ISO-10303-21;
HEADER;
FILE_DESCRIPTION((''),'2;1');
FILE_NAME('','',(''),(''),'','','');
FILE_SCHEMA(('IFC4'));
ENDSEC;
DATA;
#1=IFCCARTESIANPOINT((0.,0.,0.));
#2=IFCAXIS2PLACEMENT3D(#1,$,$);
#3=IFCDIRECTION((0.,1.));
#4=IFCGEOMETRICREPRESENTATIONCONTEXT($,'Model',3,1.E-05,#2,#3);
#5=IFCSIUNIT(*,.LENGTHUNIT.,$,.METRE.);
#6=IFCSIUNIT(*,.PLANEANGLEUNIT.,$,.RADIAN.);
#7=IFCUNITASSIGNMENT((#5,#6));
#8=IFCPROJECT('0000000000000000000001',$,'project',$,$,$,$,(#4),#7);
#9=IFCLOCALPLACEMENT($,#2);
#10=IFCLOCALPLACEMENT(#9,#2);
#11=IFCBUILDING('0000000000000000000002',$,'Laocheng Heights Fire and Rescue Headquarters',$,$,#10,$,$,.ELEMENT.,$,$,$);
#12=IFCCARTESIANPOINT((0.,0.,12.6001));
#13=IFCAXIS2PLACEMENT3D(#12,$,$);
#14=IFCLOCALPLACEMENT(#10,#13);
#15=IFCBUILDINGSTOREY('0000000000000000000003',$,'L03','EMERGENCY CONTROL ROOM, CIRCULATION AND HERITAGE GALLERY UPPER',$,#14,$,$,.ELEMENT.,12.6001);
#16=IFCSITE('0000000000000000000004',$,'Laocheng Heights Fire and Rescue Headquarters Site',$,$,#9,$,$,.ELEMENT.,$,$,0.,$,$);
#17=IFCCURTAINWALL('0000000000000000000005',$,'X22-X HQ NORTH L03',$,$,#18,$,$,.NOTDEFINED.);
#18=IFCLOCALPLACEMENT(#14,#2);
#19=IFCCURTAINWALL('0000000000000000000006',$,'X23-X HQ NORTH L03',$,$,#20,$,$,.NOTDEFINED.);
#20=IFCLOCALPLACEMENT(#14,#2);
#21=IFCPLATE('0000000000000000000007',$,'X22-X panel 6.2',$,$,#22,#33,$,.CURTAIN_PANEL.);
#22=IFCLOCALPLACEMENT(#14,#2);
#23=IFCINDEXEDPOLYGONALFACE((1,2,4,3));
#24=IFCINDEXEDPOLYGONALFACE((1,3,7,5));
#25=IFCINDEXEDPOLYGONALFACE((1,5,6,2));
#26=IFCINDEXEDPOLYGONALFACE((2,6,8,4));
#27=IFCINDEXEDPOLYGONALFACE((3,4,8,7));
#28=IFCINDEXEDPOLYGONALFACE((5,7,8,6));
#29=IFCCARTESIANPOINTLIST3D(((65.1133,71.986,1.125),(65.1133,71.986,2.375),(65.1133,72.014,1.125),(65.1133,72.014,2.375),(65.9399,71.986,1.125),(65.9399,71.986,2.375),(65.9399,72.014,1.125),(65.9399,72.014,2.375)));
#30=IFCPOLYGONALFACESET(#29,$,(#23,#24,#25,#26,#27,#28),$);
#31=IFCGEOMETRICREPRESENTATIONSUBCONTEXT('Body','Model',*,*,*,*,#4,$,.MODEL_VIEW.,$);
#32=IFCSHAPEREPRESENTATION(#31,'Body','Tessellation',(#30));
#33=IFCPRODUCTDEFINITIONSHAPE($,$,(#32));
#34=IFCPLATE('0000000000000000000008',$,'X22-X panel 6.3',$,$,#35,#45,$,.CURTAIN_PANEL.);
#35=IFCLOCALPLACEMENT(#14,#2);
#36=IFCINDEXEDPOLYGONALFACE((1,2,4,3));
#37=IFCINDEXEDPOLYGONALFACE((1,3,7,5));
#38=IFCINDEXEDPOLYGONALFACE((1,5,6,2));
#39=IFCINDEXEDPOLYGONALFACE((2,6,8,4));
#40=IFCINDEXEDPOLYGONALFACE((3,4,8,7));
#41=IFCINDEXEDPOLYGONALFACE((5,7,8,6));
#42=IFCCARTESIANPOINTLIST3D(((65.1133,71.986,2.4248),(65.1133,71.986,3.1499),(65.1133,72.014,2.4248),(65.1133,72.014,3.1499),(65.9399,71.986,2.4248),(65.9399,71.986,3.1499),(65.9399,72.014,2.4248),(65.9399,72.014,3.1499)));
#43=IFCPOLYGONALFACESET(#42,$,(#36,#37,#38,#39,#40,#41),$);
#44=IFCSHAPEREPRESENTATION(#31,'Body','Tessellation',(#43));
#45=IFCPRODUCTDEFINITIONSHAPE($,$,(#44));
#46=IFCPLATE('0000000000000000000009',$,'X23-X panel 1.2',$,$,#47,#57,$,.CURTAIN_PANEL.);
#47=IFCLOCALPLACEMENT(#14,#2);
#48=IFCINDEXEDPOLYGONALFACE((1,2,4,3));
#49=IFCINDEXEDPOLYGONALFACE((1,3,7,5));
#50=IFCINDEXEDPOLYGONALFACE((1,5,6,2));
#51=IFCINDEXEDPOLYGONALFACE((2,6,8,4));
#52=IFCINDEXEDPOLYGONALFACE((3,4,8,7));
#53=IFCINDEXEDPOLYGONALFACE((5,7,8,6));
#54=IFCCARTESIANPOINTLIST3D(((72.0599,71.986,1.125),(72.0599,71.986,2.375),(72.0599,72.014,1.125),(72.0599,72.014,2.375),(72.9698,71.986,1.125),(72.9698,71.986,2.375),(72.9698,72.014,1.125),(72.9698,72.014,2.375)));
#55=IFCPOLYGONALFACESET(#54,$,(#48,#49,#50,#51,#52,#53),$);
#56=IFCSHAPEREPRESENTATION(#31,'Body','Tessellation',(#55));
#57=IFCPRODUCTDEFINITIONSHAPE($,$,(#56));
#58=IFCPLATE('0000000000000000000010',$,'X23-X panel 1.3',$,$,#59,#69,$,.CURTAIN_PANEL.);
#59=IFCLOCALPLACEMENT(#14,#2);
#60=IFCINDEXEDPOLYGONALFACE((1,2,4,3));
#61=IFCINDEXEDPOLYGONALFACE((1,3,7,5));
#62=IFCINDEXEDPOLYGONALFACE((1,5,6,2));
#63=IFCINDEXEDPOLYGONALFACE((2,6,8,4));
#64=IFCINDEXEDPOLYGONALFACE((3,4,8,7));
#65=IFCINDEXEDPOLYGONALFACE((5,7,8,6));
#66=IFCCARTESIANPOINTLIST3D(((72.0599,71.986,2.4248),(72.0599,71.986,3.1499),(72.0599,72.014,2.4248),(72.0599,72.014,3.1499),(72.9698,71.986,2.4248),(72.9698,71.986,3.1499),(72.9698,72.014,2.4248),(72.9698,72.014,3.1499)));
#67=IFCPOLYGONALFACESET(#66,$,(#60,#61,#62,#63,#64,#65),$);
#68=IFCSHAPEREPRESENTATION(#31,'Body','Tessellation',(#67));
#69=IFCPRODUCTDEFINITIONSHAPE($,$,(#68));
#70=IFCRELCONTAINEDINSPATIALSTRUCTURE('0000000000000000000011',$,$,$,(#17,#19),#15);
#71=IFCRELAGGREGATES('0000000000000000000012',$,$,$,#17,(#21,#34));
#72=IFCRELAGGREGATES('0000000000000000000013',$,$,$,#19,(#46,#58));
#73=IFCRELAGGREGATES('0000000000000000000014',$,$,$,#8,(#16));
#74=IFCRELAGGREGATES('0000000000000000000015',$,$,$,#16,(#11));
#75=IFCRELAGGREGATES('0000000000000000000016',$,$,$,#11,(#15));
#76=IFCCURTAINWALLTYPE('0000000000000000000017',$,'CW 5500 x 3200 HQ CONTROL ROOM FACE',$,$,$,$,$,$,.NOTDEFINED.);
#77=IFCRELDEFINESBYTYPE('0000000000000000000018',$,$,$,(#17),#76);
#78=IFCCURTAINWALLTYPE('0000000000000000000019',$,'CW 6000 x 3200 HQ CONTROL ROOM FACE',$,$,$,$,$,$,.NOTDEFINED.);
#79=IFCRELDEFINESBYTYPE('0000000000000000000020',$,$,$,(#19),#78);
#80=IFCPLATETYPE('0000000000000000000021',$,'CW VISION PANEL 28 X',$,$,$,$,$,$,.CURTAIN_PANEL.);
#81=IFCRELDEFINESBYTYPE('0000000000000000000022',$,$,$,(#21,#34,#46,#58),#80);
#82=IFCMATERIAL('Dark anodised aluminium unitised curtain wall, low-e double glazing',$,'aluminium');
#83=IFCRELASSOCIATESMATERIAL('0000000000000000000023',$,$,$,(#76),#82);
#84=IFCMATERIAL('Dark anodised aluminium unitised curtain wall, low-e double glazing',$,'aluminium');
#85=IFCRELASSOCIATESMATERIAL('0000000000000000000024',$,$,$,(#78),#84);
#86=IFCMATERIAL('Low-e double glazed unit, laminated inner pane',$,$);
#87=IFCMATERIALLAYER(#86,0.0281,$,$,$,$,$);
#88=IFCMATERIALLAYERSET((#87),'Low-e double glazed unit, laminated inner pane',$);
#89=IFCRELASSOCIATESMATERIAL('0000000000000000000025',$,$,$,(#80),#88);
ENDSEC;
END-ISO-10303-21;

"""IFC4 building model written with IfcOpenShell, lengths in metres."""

from ifc_helpers import new_model, si_unit, direction, frame, origin, origin_2d, place, context, subcontext, project, spatial, rectangle, extrude, material, layer, layer_set, type_object, element, aggregate, save


model = new_model("IFC4")

# Units and contexts
model_context = context("Model", 3, precision=1e-05, world=origin(), true_north=direction((0.0, 1.0)))
body_context = subcontext(model_context, "Body", "Model", "MODEL_VIEW")
ifc_project = project(units=[si_unit("LENGTHUNIT", "METRE"), si_unit("PLANEANGLEUNIT", "RADIAN")], contexts=[model_context])

# Site, building, storey
site_placement = place(None, origin())
site = spatial("IfcSite", under=ifc_project, at=site_placement, Name="Laocheng Heights Fire and Rescue Headquarters Site", CompositionType="ELEMENT", RefElevation=0.0)
building_placement = place(site_placement, origin())
building = spatial("IfcBuilding", under=site, at=building_placement, Name="Laocheng Heights Fire and Rescue Headquarters", CompositionType="ELEMENT")
storey_placement = place(building_placement, frame((0.0, 0.0, 12.6001)))
storey = spatial("IfcBuildingStorey", under=building, at=storey_placement, Name="L03", Description="EMERGENCY CONTROL ROOM, CIRCULATION AND HERITAGE GALLERY UPPER", CompositionType="ELEMENT", Elevation=12.6001)

# Curtain walls
ifc_material_1 = material(Name="Dark anodised aluminium unitised curtain wall, low-e double glazing", Category="aluminium")
curtain_wall_type_1 = type_object("IfcCurtainWallType", Name="CW 5500 x 3200 HQ CONTROL ROOM FACE", PredefinedType="NOTDEFINED", material=ifc_material_1)
curtain_wall_1_placement = place(storey_placement, origin())
curtain_wall_1 = element("IfcCurtainWall", 1, at=curtain_wall_1_placement, inside=storey, type_object=curtain_wall_type_1, Name="X22-X HQ NORTH L03", PredefinedType="NOTDEFINED")
ifc_material_2 = material(Name="Dark anodised aluminium unitised curtain wall, low-e double glazing", Category="aluminium")
curtain_wall_type_2 = type_object("IfcCurtainWallType", Name="CW 6000 x 3200 HQ CONTROL ROOM FACE", PredefinedType="NOTDEFINED", material=ifc_material_2)
curtain_wall_2_placement = place(storey_placement, origin())
curtain_wall_2 = element("IfcCurtainWall", 2, at=curtain_wall_2_placement, inside=storey, type_object=curtain_wall_type_2, Name="X23-X HQ NORTH L03", PredefinedType="NOTDEFINED")

# Plates
ifc_material_3 = material(Name="Low-e double glazed unit, laminated inner pane")
ifc_layer_1 = layer(ifc_material_3, 0.0281)
ifc_layer_set_1 = layer_set([ifc_layer_1], Name="Low-e double glazed unit, laminated inner pane")
plate_type_1 = type_object("IfcPlateType", Name="CW VISION PANEL 28 X", PredefinedType="CURTAIN_PANEL", material=ifc_layer_set_1)
plate_1_placement = place(storey_placement, frame((65.5266, 72.0, 1.125), z_axis=(0.0, 0.0, 1.0), x_axis=(1.0, 0.0, 0.0)))
plate_1 = element("IfcPlate", 3, at=plate_1_placement, type_object=plate_type_1, Name="X22-X panel 6.2", PredefinedType="CURTAIN_PANEL", context=body_context, shape_type="SweptSolid", body=[
    extrude(rectangle(XDim=0.8267, YDim=0.0281, at=origin_2d()), origin(), (0.0, 0.0, 1.0), 1.25),
])
plate_2_placement = place(storey_placement, frame((65.5266, 72.0, 2.4248), z_axis=(0.0, 0.0, 1.0), x_axis=(1.0, 0.0, 0.0)))
plate_2 = element("IfcPlate", 4, at=plate_2_placement, type_object=plate_type_1, Name="X22-X panel 6.3", PredefinedType="CURTAIN_PANEL", context=body_context, shape_type="SweptSolid", body=[
    extrude(rectangle(XDim=0.8267, YDim=0.0281, at=origin_2d()), origin(), (0.0, 0.0, 1.0), 0.7251),
])
aggregate(curtain_wall_1, [plate_1, plate_2])
plate_3_placement = place(storey_placement, frame((72.5149, 72.0, 1.125), z_axis=(0.0, 0.0, 1.0), x_axis=(1.0, 0.0, 0.0)))
plate_3 = element("IfcPlate", 5, at=plate_3_placement, type_object=plate_type_1, Name="X23-X panel 1.2", PredefinedType="CURTAIN_PANEL", context=body_context, shape_type="SweptSolid", body=[
    extrude(rectangle(XDim=0.9099, YDim=0.0281, at=origin_2d()), origin(), (0.0, 0.0, 1.0), 1.25),
])
plate_4_placement = place(storey_placement, frame((72.5149, 72.0, 2.4248), z_axis=(0.0, 0.0, 1.0), x_axis=(1.0, 0.0, 0.0)))
plate_4 = element("IfcPlate", 6, at=plate_4_placement, type_object=plate_type_1, Name="X23-X panel 1.3", PredefinedType="CURTAIN_PANEL", context=body_context, shape_type="SweptSolid", body=[
    extrude(rectangle(XDim=0.9099, YDim=0.0281, at=origin_2d()), origin(), (0.0, 0.0, 1.0), 0.7251),
])
aggregate(curtain_wall_2, [plate_3, plate_4])

save(model, "model.ifc")
